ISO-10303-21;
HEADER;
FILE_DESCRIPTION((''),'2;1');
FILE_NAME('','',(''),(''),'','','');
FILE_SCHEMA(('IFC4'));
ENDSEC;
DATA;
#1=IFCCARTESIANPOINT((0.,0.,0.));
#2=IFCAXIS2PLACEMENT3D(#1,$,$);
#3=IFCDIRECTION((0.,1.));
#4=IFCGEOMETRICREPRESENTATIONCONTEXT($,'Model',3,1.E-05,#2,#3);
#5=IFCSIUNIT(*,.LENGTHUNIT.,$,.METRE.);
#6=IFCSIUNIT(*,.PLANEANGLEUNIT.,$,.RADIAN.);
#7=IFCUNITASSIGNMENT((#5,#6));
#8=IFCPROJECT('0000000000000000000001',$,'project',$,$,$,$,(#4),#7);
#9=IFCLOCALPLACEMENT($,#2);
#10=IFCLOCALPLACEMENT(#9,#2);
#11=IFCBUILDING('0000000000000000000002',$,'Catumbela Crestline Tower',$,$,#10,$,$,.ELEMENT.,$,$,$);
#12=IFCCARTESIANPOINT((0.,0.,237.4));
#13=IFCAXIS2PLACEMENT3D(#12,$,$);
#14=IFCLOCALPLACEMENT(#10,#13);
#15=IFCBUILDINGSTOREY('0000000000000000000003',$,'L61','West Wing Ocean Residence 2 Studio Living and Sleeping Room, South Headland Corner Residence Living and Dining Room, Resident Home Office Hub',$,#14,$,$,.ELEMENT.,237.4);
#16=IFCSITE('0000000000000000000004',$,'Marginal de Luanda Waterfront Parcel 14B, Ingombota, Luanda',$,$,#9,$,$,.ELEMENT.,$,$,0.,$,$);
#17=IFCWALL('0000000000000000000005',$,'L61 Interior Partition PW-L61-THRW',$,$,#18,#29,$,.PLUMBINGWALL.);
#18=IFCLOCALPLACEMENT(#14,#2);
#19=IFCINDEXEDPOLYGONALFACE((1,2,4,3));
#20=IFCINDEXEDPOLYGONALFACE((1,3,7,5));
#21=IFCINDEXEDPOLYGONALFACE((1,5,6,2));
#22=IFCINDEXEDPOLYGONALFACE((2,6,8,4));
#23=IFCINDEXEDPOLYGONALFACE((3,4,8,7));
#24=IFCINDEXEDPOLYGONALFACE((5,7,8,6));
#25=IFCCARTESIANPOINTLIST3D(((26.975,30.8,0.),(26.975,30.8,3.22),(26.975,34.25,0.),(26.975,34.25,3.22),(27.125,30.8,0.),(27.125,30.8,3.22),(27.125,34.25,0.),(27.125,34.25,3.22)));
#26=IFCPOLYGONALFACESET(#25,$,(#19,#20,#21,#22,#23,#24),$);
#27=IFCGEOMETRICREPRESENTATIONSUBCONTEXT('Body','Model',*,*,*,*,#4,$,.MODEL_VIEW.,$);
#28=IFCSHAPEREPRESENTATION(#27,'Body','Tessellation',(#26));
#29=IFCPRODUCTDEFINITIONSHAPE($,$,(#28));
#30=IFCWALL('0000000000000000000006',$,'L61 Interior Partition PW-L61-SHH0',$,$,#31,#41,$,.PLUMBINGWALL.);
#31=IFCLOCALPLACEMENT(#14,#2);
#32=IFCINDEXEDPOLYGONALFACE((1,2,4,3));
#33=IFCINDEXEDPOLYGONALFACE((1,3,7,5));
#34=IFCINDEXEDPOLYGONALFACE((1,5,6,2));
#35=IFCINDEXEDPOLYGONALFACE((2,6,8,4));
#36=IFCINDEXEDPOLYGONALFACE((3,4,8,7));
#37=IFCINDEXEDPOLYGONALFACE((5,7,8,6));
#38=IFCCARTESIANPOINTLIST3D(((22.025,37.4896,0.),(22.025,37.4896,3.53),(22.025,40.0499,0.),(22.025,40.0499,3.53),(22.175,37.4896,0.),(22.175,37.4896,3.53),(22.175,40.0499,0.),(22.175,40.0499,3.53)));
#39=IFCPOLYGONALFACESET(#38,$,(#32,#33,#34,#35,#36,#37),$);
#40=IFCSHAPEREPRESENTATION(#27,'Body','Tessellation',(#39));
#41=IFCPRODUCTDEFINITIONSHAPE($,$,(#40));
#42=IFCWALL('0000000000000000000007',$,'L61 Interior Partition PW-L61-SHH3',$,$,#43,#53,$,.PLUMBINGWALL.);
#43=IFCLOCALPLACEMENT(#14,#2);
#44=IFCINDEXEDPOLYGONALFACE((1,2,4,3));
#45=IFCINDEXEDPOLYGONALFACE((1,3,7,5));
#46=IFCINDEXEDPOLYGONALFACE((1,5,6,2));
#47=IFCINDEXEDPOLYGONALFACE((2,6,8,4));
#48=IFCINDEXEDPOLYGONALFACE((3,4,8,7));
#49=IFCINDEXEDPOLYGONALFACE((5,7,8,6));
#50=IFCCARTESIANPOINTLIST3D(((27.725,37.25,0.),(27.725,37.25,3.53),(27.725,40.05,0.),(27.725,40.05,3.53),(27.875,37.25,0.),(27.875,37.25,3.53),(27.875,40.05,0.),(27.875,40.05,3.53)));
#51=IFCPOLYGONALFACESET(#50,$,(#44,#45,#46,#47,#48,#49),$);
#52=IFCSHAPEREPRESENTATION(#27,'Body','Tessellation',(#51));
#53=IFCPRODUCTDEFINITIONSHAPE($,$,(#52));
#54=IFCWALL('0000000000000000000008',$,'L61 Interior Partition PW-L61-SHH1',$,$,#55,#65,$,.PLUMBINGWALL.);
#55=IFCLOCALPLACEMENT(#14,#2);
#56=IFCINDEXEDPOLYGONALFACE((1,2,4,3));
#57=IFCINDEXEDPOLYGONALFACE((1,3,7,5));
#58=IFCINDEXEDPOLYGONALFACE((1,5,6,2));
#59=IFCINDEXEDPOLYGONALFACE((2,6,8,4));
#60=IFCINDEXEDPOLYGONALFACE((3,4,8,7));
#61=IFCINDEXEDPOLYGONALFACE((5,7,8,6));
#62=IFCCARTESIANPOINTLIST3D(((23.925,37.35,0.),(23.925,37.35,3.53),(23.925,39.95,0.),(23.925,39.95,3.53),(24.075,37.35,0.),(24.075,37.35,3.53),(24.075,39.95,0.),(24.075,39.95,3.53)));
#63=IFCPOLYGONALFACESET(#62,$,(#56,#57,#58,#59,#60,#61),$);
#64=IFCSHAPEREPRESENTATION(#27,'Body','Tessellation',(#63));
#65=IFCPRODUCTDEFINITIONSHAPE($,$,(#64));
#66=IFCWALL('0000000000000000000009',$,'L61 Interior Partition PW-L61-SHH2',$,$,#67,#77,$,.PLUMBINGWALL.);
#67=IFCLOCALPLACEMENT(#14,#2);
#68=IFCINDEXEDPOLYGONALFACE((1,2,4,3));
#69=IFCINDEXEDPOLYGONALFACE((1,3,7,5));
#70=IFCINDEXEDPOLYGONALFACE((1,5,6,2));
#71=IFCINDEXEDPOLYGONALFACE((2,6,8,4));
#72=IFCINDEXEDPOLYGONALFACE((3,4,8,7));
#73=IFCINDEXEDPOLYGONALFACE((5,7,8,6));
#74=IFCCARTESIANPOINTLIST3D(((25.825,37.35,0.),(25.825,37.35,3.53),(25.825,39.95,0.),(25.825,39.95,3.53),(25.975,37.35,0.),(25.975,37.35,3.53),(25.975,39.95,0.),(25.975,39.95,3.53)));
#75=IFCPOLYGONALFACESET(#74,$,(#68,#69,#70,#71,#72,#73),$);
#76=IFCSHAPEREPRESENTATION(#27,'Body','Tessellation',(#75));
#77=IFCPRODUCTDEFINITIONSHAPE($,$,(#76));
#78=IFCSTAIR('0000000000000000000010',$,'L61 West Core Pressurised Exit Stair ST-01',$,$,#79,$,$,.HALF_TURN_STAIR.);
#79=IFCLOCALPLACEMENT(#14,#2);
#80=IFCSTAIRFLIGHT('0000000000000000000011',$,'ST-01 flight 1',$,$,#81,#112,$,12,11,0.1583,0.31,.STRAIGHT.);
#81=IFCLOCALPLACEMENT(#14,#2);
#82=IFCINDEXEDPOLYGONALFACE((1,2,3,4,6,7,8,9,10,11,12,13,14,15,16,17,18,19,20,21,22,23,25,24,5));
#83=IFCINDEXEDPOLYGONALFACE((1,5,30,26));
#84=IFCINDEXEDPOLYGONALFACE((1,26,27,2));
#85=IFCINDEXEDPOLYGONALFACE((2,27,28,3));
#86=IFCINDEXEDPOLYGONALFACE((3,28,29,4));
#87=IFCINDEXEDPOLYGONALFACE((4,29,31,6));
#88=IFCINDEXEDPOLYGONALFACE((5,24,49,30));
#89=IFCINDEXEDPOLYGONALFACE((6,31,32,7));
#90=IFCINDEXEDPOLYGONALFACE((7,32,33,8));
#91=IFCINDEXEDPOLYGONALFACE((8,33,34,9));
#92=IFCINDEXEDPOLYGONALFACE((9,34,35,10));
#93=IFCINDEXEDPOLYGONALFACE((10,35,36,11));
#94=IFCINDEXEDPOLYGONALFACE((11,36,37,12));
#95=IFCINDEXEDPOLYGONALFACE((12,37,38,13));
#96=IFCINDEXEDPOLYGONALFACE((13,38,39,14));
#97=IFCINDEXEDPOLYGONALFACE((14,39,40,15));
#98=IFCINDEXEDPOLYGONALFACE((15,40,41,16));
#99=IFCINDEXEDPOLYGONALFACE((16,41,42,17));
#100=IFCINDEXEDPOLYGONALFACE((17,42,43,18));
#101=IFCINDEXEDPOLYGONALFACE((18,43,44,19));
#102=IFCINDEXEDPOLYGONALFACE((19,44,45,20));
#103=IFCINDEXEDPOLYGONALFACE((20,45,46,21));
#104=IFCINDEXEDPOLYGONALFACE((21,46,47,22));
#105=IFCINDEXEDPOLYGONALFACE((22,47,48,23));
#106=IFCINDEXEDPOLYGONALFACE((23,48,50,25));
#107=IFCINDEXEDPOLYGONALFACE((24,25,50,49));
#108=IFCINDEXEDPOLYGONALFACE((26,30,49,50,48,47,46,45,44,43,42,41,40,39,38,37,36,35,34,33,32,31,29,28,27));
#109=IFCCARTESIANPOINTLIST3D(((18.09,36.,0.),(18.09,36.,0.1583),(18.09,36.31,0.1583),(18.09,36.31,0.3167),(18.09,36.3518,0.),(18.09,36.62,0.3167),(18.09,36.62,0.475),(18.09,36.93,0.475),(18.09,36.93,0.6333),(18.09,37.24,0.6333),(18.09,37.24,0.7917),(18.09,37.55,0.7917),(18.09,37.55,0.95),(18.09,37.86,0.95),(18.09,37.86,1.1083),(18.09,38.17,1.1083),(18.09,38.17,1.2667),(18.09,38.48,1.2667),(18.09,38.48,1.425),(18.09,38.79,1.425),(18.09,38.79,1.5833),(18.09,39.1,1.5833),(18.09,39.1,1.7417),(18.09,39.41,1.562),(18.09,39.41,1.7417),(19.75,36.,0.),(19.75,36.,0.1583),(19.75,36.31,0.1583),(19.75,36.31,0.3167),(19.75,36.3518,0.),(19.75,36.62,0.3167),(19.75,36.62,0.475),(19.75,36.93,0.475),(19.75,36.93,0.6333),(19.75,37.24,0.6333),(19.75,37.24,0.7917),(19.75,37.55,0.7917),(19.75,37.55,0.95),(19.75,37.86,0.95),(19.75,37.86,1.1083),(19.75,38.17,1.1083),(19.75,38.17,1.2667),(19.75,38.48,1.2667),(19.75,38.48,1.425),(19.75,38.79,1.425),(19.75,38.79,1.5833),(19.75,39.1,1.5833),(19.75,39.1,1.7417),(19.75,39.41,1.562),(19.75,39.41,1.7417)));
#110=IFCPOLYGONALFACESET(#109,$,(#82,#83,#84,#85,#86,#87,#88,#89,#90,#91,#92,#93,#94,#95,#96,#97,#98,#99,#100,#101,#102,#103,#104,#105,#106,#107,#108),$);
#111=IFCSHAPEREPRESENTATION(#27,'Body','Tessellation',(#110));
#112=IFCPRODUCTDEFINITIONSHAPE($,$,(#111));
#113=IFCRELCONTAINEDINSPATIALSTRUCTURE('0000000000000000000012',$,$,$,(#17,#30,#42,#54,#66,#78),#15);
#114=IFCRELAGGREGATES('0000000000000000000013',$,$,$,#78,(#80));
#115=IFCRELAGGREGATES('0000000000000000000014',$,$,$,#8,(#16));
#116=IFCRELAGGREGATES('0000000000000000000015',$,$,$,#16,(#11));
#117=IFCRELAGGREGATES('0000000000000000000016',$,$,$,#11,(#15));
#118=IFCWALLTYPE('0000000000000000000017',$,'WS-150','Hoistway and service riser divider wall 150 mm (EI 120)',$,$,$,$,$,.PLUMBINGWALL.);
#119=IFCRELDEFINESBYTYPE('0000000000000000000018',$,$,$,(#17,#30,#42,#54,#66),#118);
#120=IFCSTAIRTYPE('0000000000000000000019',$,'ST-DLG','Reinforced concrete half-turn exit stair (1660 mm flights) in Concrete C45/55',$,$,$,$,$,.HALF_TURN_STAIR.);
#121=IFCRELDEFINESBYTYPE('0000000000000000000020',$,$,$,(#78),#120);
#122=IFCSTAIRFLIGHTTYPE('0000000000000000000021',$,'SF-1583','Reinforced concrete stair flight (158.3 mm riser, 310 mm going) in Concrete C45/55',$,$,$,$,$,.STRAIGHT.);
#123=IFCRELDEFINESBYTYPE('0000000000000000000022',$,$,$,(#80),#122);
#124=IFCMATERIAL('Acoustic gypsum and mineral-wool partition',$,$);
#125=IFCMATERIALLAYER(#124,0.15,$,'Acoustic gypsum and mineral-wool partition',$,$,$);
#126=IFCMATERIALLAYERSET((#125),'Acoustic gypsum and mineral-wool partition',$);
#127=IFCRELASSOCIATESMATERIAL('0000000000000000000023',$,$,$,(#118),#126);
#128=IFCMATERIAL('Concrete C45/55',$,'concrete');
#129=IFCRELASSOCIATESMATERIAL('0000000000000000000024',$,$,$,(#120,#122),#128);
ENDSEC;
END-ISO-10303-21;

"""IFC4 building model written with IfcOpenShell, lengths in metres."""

from ifc_helpers import new_model, si_unit, direction, frame, frame_2d, origin, place, context, subcontext, project, spatial, polyline, rectangle, outline, extrude, material, layer, layer_set, type_object, element, aggregate, save


model = new_model("IFC4")

# Units and contexts
model_context = context("Model", 3, precision=1e-05, world=origin(), true_north=direction((0.0, 1.0)))
body_context = subcontext(model_context, "Body", "Model", "MODEL_VIEW")
ifc_project = project(units=[si_unit("LENGTHUNIT", "METRE"), si_unit("PLANEANGLEUNIT", "RADIAN")], contexts=[model_context])

# Site, building, storey
site_placement = place(None, origin())
site = spatial("IfcSite", under=ifc_project, at=site_placement, Name="Marginal de Luanda Waterfront Parcel 14B, Ingombota, Luanda", CompositionType="ELEMENT", RefElevation=0.0)
building_placement = place(site_placement, origin())
building = spatial("IfcBuilding", under=site, at=building_placement, Name="Catumbela Crestline Tower", CompositionType="ELEMENT")
storey_placement = place(building_placement, frame((0.0, 0.0, 237.4)))
storey = spatial("IfcBuildingStorey", under=building, at=storey_placement, Name="L61", Description="West Wing Ocean Residence 2 Studio Living and Sleeping Room, South Headland Corner Residence Living and Dining Room, Resident Home Office Hub", CompositionType="ELEMENT", Elevation=237.4)

# Shared definitions
ifc_material_1 = material(Name="Acoustic gypsum and mineral-wool partition")

# Walls
ifc_layer_1 = layer(ifc_material_1, 0.15, Name="Acoustic gypsum and mineral-wool partition")
ifc_layer_set_1 = layer_set([ifc_layer_1], Name="Acoustic gypsum and mineral-wool partition")
wall_type_1 = type_object("IfcWallType", Name="WS-150", Description="Hoistway and service riser divider wall 150 mm (EI 120)", PredefinedType="PLUMBINGWALL", material=ifc_layer_set_1)
wall_1_placement = place(storey_placement, frame((27.05, 30.8, 0.0), z_axis=(0.0, 0.0, 1.0), x_axis=(0.0, 1.0, 0.0)))
element("IfcWall", 1, at=wall_1_placement, inside=storey, type_object=wall_type_1, Name="L61 Interior Partition PW-L61-THRW", PredefinedType="PLUMBINGWALL", context=body_context, shape_type="SweptSolid", body=[
    extrude(rectangle(XDim=3.45, YDim=0.15, at=frame_2d((1.725, 0.0))), origin(), (0.0, 0.0, 1.0), 3.22),
])
wall_2_placement = place(storey_placement, frame((22.1, 37.4897, 0.0), z_axis=(0.0, 0.0, 1.0), x_axis=(0.0, 1.0, 0.0)))
element("IfcWall", 2, at=wall_2_placement, inside=storey, type_object=wall_type_1, Name="L61 Interior Partition PW-L61-SHH0", PredefinedType="PLUMBINGWALL", context=body_context, shape_type="SweptSolid", body=[
    extrude(rectangle(XDim=2.5603, YDim=0.15, at=frame_2d((1.2801, 0.0))), origin(), (0.0, 0.0, 1.0), 3.53),
])
wall_3_placement = place(storey_placement, frame((27.8, 37.25, 0.0), z_axis=(0.0, 0.0, 1.0), x_axis=(0.0, 1.0, 0.0)))
element("IfcWall", 3, at=wall_3_placement, inside=storey, type_object=wall_type_1, Name="L61 Interior Partition PW-L61-SHH3", PredefinedType="PLUMBINGWALL", context=body_context, shape_type="SweptSolid", body=[
    extrude(rectangle(XDim=2.8, YDim=0.15, at=frame_2d((1.4, 0.0))), origin(), (0.0, 0.0, 1.0), 3.53),
])
for number, where, z_axis, x_axis, name in (
    (4, (24.0, 37.35, 0.0), (0.0, 0.0, 1.0), (0.0, 1.0, 0.0), "L61 Interior Partition PW-L61-SHH1"),
    (5, (25.9, 37.35, 0.0), (0.0, 0.0, 1.0), (0.0, 1.0, 0.0), "L61 Interior Partition PW-L61-SHH2"),
):
    element("IfcWall", number, at=place(storey_placement, frame(where, z_axis=z_axis, x_axis=x_axis)), inside=storey, type_object=wall_type_1, Name=name, PredefinedType="PLUMBINGWALL", context=body_context, shape_type="SweptSolid", body=[
        extrude(rectangle(XDim=2.6, YDim=0.15, at=frame_2d((1.3, 0.0))), origin(), (0.0, 0.0, 1.0), 3.53),
    ])

# Stair, stair flight
ifc_material_2 = material(Name="Concrete C45/55", Category="concrete")
stair_type = type_object("IfcStairType", Name="ST-DLG", Description="Reinforced concrete half-turn exit stair (1660 mm flights) in Concrete C45/55", PredefinedType="HALF_TURN_STAIR", material=ifc_material_2)
stair_placement = place(storey_placement, origin())
stair = element("IfcStair", 6, at=stair_placement, inside=storey, type_object=stair_type, Name="L61 West Core Pressurised Exit Stair ST-01", PredefinedType="HALF_TURN_STAIR")
stair_flight_type = type_object("IfcStairFlightType", Name="SF-1583", Description="Reinforced concrete stair flight (158.3 mm riser, 310 mm going) in Concrete C45/55", PredefinedType="STRAIGHT", material=ifc_material_2)
stair_flight_placement = place(storey_placement, frame((18.92, 36.0, 0.0), z_axis=(0.0, 0.0, 1.0), x_axis=(0.0, 1.0, 0.0)))
stair_flight = element("IfcStairFlight", 7, at=stair_flight_placement, type_object=stair_flight_type, Name="ST-01 flight 1", NumberOfRisers=12, NumberOfTreads=11, PredefinedType="STRAIGHT", RiserHeight=0.1583, TreadLength=0.31, context=body_context, shape_type="SweptSolid", body=[
    extrude(outline(polyline([(0.0, 0.0), (0.0, 0.1583), (0.31, 0.1583), (0.31, 0.3167), (0.62, 0.3167), (0.62, 0.475), (0.93, 0.475), (0.93, 0.6333), (1.24, 0.6333), (1.24, 0.7917), (1.55, 0.7917), (1.55, 0.95), (1.86, 0.95), (1.86, 1.1083), (2.17, 1.1083), (2.17, 1.2667), (2.48, 1.2667), (2.48, 1.425), (2.79, 1.425), (2.79, 1.5833), (3.1, 1.5833), (3.1, 1.7417), (3.41, 1.7417), (3.41, 1.9), (3.41, 1.562), (0.3518, 0.0), (0.0, 0.0)])), frame((0.0, 0.83, 0.0), z_axis=(0.0, -1.0, 0.0), x_axis=(1.0, 0.0, 0.0)), (0.0, 0.0, 1.0), 1.66),
])
aggregate(stair, [stair_flight])

save(model, "model.ifc")
